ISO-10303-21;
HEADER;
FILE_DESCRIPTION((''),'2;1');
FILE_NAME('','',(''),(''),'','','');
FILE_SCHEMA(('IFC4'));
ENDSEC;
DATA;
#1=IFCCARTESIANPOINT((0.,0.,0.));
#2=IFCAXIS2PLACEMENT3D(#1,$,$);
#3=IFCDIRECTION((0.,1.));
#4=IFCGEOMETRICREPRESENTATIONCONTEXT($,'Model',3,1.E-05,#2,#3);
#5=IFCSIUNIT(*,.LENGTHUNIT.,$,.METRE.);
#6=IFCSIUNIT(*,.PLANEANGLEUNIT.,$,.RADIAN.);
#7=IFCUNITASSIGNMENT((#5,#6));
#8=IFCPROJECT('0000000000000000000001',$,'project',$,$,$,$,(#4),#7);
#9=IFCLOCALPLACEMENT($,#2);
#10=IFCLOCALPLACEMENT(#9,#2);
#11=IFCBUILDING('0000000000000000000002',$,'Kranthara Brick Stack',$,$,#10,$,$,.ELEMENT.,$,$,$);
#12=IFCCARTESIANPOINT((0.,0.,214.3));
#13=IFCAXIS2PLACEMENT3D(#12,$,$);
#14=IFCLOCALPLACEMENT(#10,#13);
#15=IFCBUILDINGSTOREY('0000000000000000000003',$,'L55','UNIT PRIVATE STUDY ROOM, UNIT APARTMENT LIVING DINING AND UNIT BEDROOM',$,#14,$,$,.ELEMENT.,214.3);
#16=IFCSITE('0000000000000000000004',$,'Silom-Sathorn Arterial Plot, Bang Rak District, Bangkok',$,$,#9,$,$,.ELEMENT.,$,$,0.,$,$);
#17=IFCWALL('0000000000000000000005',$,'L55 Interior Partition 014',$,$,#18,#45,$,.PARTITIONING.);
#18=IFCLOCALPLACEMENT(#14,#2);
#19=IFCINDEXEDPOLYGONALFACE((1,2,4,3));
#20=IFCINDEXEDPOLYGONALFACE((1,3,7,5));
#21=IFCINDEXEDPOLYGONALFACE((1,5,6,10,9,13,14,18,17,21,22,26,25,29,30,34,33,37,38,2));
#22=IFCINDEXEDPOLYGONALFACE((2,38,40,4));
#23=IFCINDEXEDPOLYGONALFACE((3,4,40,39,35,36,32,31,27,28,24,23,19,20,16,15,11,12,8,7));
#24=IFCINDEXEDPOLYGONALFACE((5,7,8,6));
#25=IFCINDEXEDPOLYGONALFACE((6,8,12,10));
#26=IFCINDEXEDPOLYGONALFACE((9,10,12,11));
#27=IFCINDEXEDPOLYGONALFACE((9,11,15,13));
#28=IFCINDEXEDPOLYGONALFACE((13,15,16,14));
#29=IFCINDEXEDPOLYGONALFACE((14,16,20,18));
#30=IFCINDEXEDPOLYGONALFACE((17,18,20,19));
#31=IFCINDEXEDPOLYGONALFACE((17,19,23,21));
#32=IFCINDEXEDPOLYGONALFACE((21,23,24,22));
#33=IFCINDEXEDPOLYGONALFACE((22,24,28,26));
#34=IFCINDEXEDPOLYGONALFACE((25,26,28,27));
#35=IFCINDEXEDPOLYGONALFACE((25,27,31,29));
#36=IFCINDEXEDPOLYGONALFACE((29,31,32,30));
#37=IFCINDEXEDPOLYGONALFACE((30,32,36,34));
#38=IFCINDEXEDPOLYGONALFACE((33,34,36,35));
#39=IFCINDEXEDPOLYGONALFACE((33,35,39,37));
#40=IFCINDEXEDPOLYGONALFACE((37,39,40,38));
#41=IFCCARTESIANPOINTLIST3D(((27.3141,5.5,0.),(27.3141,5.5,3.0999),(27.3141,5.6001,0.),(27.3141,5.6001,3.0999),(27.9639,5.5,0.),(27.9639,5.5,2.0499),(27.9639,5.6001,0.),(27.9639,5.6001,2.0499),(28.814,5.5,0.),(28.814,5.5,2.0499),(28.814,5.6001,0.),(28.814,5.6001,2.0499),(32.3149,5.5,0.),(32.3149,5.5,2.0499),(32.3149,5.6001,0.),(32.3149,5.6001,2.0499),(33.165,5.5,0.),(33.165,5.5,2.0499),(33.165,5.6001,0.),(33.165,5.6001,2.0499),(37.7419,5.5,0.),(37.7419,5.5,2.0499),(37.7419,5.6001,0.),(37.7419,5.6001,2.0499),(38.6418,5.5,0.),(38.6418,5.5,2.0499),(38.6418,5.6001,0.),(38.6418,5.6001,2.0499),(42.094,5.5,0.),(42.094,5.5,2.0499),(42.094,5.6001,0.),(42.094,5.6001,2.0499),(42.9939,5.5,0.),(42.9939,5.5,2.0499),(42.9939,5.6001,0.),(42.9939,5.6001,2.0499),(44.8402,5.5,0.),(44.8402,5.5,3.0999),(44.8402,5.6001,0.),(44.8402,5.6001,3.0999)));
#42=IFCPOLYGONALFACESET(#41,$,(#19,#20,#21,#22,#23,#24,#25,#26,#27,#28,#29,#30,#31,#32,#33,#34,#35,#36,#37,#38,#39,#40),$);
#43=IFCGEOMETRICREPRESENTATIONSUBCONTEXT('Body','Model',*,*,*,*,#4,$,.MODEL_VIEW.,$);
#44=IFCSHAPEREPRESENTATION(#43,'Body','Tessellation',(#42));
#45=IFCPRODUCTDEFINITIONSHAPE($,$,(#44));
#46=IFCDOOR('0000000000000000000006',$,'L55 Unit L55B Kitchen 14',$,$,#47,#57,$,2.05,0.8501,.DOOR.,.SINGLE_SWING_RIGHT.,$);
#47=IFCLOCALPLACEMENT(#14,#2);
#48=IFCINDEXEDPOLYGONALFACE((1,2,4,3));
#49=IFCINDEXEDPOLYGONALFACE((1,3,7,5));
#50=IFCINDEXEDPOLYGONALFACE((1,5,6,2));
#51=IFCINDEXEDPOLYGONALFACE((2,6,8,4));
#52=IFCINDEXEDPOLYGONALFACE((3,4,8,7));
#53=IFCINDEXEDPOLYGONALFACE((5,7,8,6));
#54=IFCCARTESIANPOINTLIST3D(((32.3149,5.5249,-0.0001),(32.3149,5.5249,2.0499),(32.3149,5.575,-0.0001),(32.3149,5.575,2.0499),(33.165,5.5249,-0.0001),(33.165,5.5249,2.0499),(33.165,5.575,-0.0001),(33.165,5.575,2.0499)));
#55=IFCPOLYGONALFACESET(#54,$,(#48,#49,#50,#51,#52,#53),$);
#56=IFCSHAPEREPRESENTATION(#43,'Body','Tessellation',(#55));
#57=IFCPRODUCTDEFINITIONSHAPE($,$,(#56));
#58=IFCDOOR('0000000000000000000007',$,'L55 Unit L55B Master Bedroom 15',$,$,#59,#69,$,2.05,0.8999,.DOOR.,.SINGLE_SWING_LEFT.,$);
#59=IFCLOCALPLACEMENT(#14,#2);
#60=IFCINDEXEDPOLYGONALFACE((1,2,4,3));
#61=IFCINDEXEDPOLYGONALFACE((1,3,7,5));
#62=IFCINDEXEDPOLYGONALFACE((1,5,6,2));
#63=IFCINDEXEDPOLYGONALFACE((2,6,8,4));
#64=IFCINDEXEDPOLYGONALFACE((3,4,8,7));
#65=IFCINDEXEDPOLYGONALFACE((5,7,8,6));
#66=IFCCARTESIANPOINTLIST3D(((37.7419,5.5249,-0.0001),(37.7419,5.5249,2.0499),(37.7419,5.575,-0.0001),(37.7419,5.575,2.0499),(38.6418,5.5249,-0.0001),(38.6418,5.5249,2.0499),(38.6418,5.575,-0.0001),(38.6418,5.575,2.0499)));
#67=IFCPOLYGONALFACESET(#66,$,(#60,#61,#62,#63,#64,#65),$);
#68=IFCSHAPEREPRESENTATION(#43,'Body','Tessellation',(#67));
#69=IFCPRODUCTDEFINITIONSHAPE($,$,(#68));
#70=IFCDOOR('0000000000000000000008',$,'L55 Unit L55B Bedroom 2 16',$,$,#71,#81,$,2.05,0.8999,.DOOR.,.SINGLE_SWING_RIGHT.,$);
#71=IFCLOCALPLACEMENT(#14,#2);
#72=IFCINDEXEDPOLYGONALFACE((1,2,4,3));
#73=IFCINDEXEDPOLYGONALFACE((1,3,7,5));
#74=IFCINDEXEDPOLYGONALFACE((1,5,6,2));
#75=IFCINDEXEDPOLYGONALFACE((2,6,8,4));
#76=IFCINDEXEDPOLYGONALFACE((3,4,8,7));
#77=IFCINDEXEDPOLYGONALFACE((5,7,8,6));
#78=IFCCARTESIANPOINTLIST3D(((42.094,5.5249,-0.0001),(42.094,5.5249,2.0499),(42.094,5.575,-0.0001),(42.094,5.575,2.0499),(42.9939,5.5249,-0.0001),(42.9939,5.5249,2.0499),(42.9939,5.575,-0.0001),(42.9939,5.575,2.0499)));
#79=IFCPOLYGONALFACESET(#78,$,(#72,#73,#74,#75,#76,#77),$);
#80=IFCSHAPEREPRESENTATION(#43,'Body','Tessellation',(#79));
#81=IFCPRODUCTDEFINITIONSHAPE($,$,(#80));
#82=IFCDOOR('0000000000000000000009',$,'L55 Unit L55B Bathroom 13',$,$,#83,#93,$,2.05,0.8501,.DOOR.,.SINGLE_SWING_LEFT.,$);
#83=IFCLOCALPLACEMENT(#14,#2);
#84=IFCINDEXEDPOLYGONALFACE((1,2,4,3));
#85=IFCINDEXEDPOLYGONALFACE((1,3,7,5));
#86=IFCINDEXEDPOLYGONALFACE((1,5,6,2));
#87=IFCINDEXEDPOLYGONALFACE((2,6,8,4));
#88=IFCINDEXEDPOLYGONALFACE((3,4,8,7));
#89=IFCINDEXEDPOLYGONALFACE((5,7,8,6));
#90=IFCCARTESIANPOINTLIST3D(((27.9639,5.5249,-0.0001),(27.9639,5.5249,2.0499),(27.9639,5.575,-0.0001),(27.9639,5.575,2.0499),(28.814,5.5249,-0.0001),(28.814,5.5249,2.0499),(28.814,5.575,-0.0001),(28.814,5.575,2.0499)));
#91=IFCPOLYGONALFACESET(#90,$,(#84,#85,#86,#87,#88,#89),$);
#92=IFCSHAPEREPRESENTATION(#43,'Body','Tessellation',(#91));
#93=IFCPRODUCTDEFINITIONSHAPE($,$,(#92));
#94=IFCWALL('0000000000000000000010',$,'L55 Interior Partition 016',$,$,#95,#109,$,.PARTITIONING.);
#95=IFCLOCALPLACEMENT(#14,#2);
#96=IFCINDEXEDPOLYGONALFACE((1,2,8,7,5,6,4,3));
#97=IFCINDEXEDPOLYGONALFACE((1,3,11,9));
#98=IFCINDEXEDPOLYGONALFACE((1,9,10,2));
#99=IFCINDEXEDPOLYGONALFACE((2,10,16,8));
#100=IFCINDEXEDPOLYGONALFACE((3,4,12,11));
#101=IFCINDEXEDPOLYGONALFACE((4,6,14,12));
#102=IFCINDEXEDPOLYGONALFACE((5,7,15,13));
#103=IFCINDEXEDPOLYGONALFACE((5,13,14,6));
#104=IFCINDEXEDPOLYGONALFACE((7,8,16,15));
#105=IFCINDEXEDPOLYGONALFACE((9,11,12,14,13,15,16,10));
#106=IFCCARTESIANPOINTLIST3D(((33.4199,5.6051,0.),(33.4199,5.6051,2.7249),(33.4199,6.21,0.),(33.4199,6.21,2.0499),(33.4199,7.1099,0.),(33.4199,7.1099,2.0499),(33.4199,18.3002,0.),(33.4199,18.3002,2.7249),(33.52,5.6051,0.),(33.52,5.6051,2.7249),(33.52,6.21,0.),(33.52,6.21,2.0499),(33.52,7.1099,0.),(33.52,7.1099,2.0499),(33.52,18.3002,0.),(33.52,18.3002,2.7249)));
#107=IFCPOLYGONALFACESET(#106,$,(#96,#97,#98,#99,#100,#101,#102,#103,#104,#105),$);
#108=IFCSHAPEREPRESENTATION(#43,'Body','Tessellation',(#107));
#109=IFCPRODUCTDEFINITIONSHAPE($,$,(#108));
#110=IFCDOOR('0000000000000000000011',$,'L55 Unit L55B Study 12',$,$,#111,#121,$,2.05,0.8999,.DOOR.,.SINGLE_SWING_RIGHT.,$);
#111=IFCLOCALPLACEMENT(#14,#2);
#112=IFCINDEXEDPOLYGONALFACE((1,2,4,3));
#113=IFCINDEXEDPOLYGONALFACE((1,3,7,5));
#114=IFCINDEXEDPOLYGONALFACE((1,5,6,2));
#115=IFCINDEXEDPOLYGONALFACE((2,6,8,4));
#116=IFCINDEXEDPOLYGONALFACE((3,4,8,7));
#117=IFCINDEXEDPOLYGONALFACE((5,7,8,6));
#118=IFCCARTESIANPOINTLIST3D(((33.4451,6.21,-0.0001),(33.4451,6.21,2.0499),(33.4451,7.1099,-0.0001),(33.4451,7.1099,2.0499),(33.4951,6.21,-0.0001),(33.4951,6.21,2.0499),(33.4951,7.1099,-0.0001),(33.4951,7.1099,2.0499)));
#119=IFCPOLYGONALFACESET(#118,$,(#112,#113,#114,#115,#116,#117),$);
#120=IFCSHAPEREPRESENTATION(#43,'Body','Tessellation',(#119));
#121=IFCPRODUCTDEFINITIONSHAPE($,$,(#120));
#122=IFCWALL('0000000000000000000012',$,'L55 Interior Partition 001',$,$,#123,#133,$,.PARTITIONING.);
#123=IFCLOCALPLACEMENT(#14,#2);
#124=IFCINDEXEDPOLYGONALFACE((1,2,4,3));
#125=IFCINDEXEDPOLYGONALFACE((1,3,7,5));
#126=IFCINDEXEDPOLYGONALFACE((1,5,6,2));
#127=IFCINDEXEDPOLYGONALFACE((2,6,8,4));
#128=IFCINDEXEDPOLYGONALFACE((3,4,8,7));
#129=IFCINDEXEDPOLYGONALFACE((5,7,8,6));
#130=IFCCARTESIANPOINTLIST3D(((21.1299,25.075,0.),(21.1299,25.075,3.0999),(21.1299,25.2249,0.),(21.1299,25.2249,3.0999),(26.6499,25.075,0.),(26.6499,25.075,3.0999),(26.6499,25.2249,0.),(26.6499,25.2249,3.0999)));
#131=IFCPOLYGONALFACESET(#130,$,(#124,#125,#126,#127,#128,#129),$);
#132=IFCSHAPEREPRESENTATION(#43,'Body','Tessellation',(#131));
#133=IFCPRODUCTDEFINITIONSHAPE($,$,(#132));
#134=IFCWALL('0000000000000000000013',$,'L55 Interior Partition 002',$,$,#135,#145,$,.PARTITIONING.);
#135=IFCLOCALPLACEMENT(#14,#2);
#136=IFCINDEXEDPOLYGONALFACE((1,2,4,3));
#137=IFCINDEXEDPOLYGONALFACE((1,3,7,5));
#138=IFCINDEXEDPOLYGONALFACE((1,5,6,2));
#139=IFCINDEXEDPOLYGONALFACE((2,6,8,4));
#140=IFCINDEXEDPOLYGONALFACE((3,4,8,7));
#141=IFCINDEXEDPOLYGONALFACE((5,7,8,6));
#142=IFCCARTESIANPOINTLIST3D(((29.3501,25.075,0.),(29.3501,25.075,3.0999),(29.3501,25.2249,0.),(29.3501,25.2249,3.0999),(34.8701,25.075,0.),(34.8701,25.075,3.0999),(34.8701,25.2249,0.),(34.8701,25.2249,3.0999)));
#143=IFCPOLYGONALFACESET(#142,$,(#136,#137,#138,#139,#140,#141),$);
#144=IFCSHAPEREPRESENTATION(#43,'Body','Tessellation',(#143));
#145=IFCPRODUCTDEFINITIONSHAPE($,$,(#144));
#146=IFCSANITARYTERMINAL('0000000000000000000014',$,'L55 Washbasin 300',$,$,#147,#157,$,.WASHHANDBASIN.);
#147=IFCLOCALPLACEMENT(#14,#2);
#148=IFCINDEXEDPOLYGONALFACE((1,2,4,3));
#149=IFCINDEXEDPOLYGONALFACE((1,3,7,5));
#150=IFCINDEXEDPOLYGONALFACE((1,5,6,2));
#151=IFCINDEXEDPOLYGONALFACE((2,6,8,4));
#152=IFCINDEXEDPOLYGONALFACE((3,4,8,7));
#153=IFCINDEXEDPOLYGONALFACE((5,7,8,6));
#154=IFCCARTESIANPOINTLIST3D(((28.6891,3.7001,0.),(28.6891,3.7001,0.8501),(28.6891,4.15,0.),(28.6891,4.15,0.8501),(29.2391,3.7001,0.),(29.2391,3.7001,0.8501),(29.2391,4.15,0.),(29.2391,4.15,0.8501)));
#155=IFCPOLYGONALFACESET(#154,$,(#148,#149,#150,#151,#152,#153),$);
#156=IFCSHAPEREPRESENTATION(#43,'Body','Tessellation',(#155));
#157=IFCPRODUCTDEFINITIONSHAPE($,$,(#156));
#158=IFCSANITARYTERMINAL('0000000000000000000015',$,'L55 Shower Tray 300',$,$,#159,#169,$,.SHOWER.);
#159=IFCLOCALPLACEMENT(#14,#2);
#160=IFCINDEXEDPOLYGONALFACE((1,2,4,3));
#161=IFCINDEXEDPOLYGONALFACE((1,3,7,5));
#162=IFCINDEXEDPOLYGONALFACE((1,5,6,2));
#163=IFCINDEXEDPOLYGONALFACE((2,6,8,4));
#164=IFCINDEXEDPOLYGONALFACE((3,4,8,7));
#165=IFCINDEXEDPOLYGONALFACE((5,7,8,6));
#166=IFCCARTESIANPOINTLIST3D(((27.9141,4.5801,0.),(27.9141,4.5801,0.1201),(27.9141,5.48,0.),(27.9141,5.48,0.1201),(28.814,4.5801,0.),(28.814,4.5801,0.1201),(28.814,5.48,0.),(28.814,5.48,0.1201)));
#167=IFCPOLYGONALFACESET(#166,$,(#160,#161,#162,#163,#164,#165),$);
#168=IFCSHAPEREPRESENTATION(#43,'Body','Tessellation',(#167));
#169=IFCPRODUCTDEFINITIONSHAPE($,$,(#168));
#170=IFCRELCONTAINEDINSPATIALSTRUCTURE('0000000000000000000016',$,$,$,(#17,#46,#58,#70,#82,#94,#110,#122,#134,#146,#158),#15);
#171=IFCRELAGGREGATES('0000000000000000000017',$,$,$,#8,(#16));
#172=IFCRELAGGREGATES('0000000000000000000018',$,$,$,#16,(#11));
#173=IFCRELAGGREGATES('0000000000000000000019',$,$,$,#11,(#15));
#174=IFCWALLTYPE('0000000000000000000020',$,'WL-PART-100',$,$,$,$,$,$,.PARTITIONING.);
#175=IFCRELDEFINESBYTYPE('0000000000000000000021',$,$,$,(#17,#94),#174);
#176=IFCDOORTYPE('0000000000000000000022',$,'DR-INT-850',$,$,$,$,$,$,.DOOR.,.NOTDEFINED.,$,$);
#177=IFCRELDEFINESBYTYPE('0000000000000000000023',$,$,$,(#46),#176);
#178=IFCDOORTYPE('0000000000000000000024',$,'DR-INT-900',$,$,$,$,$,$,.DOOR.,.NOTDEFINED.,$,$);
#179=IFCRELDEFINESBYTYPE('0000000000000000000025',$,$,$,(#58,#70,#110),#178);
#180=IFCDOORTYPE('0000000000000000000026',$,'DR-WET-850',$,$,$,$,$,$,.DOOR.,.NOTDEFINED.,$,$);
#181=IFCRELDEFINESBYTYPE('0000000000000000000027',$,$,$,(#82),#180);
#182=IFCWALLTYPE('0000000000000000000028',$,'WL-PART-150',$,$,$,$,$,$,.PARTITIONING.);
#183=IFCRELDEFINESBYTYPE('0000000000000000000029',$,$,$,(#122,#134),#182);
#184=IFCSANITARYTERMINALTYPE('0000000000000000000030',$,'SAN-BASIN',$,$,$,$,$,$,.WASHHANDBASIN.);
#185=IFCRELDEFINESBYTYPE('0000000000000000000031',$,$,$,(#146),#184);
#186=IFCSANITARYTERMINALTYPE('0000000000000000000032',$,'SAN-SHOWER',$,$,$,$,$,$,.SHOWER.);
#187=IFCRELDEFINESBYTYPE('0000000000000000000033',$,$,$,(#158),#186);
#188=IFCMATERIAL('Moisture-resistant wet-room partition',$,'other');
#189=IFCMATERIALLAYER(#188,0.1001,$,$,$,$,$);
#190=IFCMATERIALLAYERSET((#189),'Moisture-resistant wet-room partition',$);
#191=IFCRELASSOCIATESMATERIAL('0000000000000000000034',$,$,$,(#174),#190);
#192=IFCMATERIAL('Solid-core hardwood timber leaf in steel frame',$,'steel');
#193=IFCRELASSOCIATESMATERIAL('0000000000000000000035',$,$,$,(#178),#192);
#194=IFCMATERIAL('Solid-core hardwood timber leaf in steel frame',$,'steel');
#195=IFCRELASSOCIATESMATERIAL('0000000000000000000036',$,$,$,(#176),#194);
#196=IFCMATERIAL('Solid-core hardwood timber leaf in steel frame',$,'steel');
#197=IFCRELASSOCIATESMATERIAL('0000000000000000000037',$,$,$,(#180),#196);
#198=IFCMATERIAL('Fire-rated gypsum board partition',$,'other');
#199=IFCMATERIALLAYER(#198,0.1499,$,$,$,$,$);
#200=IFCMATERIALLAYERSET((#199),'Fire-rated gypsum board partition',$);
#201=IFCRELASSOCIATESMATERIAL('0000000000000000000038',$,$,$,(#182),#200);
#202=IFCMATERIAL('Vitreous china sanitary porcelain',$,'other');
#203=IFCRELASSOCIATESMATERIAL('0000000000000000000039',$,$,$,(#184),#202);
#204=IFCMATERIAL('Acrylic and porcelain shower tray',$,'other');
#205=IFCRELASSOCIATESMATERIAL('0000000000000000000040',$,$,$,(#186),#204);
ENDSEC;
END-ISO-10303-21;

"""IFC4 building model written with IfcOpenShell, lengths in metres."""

from ifc_helpers import new_model, si_unit, direction, frame, frame_2d, origin, origin_2d, place, context, subcontext, project, spatial, rectangle, extrude, material, layer, layer_set, type_object, element, fill, save


model = new_model("IFC4")

# Units and contexts
model_context = context("Model", 3, precision=1e-05, world=origin(), true_north=direction((0.0, 1.0)))
body_context = subcontext(model_context, "Body", "Model", "MODEL_VIEW")
ifc_project = project(units=[si_unit("LENGTHUNIT", "METRE"), si_unit("PLANEANGLEUNIT", "RADIAN")], contexts=[model_context])

# Site, building, storey
site_placement = place(None, origin())
site = spatial("IfcSite", under=ifc_project, at=site_placement, Name="Silom-Sathorn Arterial Plot, Bang Rak District, Bangkok", CompositionType="ELEMENT", RefElevation=0.0)
building_placement = place(site_placement, origin())
building = spatial("IfcBuilding", under=site, at=building_placement, Name="Kranthara Brick Stack", CompositionType="ELEMENT")
storey_placement = place(building_placement, frame((0.0, 0.0, 214.3)))
storey = spatial("IfcBuildingStorey", under=building, at=storey_placement, Name="L55", Description="UNIT PRIVATE STUDY ROOM, UNIT APARTMENT LIVING DINING AND UNIT BEDROOM", CompositionType="ELEMENT", Elevation=214.3)

# Shared definitions
ifc_material_1 = material(Name="Moisture-resistant wet-room partition", Category="other")
ifc_layer_1 = layer(ifc_material_1, 0.1001)
ifc_layer_set_1 = layer_set([ifc_layer_1], Name="Moisture-resistant wet-room partition")
wall_type_1 = type_object("IfcWallType", Name="WL-PART-100", PredefinedType="PARTITIONING", material=ifc_layer_set_1)
ifc_material_2 = material(Name="Solid-core hardwood timber leaf in steel frame", Category="steel")
door_type_1 = type_object("IfcDoorType", Name="DR-INT-900", OperationType="NOTDEFINED", PredefinedType="DOOR", material=ifc_material_2)

# Wall, openings, doors
wall_1_placement = place(storey_placement, frame((27.314, 5.55, 0.0), z_axis=(0.0, 0.0, 1.0), x_axis=(1.0, 0.0, 0.0)))
wall_1 = element("IfcWall", 1, at=wall_1_placement, inside=storey, type_object=wall_type_1, Name="L55 Interior Partition 014", PredefinedType="PARTITIONING", context=body_context, shape_type="SweptSolid", body=[
    extrude(rectangle(XDim=17.5261, YDim=0.1001, at=frame_2d((8.7632, 0.0))), origin(), (0.0, 0.0, 1.0), 3.0999),
])
opening_1_placement = place(wall_1_placement, frame((0.6499, 0.0, 0.0)))
opening_1 = element("IfcOpeningElement", 2, at=opening_1_placement, cuts=wall_1, PredefinedType="OPENING", context=body_context, shape_type="SweptSolid", body=[
    extrude(rectangle(XDim=0.8501, YDim=2.05, at=frame_2d((0.425, 1.0249))), frame((0.0, 0.0601, 0.0), z_axis=(0.0, -1.0, 0.0), x_axis=(1.0, 0.0, 0.0)), (0.0, 0.0, 1.0), 0.1201),
])
opening_2_placement = place(wall_1_placement, frame((5.001, 0.0, 0.0)))
opening_2 = element("IfcOpeningElement", 3, at=opening_2_placement, cuts=wall_1, PredefinedType="OPENING", context=body_context, shape_type="SweptSolid", body=[
    extrude(rectangle(XDim=0.8501, YDim=2.05, at=frame_2d((0.425, 1.0249))), frame((0.0, 0.0601, 0.0), z_axis=(0.0, -1.0, 0.0), x_axis=(1.0, 0.0, 0.0)), (0.0, 0.0, 1.0), 0.1201),
])
opening_3_placement = place(wall_1_placement, frame((10.428, 0.0, 0.0)))
opening_3 = element("IfcOpeningElement", 4, at=opening_3_placement, cuts=wall_1, PredefinedType="OPENING", context=body_context, shape_type="SweptSolid", body=[
    extrude(rectangle(XDim=0.8999, YDim=2.05, at=frame_2d((0.45, 1.0249))), frame((0.0, 0.0601, 0.0), z_axis=(0.0, -1.0, 0.0), x_axis=(1.0, 0.0, 0.0)), (0.0, 0.0, 1.0), 0.1201),
])
opening_4_placement = place(wall_1_placement, frame((14.78, 0.0, 0.0)))
opening_4 = element("IfcOpeningElement", 5, at=opening_4_placement, cuts=wall_1, PredefinedType="OPENING", context=body_context, shape_type="SweptSolid", body=[
    extrude(rectangle(XDim=0.8999, YDim=2.05, at=frame_2d((0.45, 1.0249))), frame((0.0, 0.0601, 0.0), z_axis=(0.0, -1.0, 0.0), x_axis=(1.0, 0.0, 0.0)), (0.0, 0.0, 1.0), 0.1201),
])
ifc_material_3 = material(Name="Solid-core hardwood timber leaf in steel frame", Category="steel")
door_type_2 = type_object("IfcDoorType", Name="DR-INT-850", OperationType="NOTDEFINED", PredefinedType="DOOR", material=ifc_material_3)
door_1_placement = place(opening_2_placement, origin())
door_1 = element("IfcDoor", 6, at=door_1_placement, inside=storey, type_object=door_type_2, Name="L55 Unit L55B Kitchen 14", OperationType="SINGLE_SWING_RIGHT", OverallHeight=2.05, OverallWidth=0.8501, PredefinedType="DOOR", context=body_context, shape_type="SweptSolid", body=[
    extrude(rectangle(XDim=0.8501, YDim=2.05, at=frame_2d((0.425, 1.0249))), frame((0.0, 0.0249, 0.0), z_axis=(0.0, -1.0, 0.0), x_axis=(1.0, 0.0, 0.0)), (0.0, 0.0, 1.0), 0.05),
])
fill(opening_2, door_1)
door_2_placement = place(opening_3_placement, origin())
door_2 = element("IfcDoor", 7, at=door_2_placement, inside=storey, type_object=door_type_1, Name="L55 Unit L55B Master Bedroom 15", OperationType="SINGLE_SWING_LEFT", OverallHeight=2.05, OverallWidth=0.8999, PredefinedType="DOOR", context=body_context, shape_type="SweptSolid", body=[
    extrude(rectangle(XDim=0.8999, YDim=2.05, at=frame_2d((0.45, 1.0249))), frame((0.0, 0.0249, 0.0), z_axis=(0.0, -1.0, 0.0), x_axis=(1.0, 0.0, 0.0)), (0.0, 0.0, 1.0), 0.05),
])
fill(opening_3, door_2)
door_3_placement = place(opening_4_placement, origin())
door_3 = element("IfcDoor", 8, at=door_3_placement, inside=storey, type_object=door_type_1, Name="L55 Unit L55B Bedroom 2 16", OperationType="SINGLE_SWING_RIGHT", OverallHeight=2.05, OverallWidth=0.8999, PredefinedType="DOOR", context=body_context, shape_type="SweptSolid", body=[
    extrude(rectangle(XDim=0.8999, YDim=2.05, at=frame_2d((0.45, 1.0249))), frame((0.0, 0.0249, 0.0), z_axis=(0.0, -1.0, 0.0), x_axis=(1.0, 0.0, 0.0)), (0.0, 0.0, 1.0), 0.05),
])
fill(opening_4, door_3)
ifc_material_4 = material(Name="Solid-core hardwood timber leaf in steel frame", Category="steel")
door_type_3 = type_object("IfcDoorType", Name="DR-WET-850", OperationType="NOTDEFINED", PredefinedType="DOOR", material=ifc_material_4)
door_4_placement = place(opening_1_placement, origin())
door_4 = element("IfcDoor", 9, at=door_4_placement, inside=storey, type_object=door_type_3, Name="L55 Unit L55B Bathroom 13", OperationType="SINGLE_SWING_LEFT", OverallHeight=2.05, OverallWidth=0.8501, PredefinedType="DOOR", context=body_context, shape_type="SweptSolid", body=[
    extrude(rectangle(XDim=0.8501, YDim=2.05, at=frame_2d((0.425, 1.0249))), frame((0.0, 0.0249, 0.0), z_axis=(0.0, -1.0, 0.0), x_axis=(1.0, 0.0, 0.0)), (0.0, 0.0, 1.0), 0.05),
])
fill(opening_1, door_4)

# Wall, opening, door
wall_2_placement = place(storey_placement, frame((33.47, 5.605, 0.0), z_axis=(0.0, 0.0, 1.0), x_axis=(0.0, 1.0, 0.0)))
wall_2 = element("IfcWall", 10, at=wall_2_placement, inside=storey, type_object=wall_type_1, Name="L55 Interior Partition 016", PredefinedType="PARTITIONING", context=body_context, shape_type="SweptSolid", body=[
    extrude(rectangle(XDim=12.6951, YDim=0.1001, at=frame_2d((6.3477, 0.0))), origin(), (0.0, 0.0, 1.0), 2.7249),
])
opening_5_placement = place(wall_2_placement, frame((0.605, 0.0, 0.0)))
opening_5 = element("IfcOpeningElement", 11, at=opening_5_placement, cuts=wall_2, PredefinedType="OPENING", context=body_context, shape_type="SweptSolid", body=[
    extrude(rectangle(XDim=0.8999, YDim=2.05, at=frame_2d((0.45, 1.0249))), frame((0.0, 0.0601, 0.0), z_axis=(0.0, -1.0, 0.0), x_axis=(1.0, 0.0, 0.0)), (0.0, 0.0, 1.0), 0.1201),
])
door_5_placement = place(opening_5_placement, origin())
door_5 = element("IfcDoor", 12, at=door_5_placement, inside=storey, type_object=door_type_1, Name="L55 Unit L55B Study 12", OperationType="SINGLE_SWING_RIGHT", OverallHeight=2.05, OverallWidth=0.8999, PredefinedType="DOOR", context=body_context, shape_type="SweptSolid", body=[
    extrude(rectangle(XDim=0.8999, YDim=2.05, at=frame_2d((0.45, 1.0249))), frame((0.0, 0.0249, 0.0), z_axis=(0.0, -1.0, 0.0), x_axis=(1.0, 0.0, 0.0)), (0.0, 0.0, 1.0), 0.05),
])
fill(opening_5, door_5)

# Walls
ifc_material_5 = material(Name="Fire-rated gypsum board partition", Category="other")
ifc_layer_2 = layer(ifc_material_5, 0.1499)
ifc_layer_set_2 = layer_set([ifc_layer_2], Name="Fire-rated gypsum board partition")
wall_type_2 = type_object("IfcWallType", Name="WL-PART-150", PredefinedType="PARTITIONING", material=ifc_layer_set_2)
for number, where, z_axis, x_axis, name in (
    (13, (21.1299, 25.1499, 0.0), (0.0, 0.0, 1.0), (1.0, 0.0, 0.0), "L55 Interior Partition 001"),
    (14, (29.3501, 25.1499, 0.0), (0.0, 0.0, 1.0), (1.0, 0.0, 0.0), "L55 Interior Partition 002"),
):
    element("IfcWall", number, at=place(storey_placement, frame(where, z_axis=z_axis, x_axis=x_axis)), inside=storey, type_object=wall_type_2, Name=name, PredefinedType="PARTITIONING", context=body_context, shape_type="SweptSolid", body=[
        extrude(rectangle(XDim=5.52, YDim=0.1499, at=frame_2d((2.76, 0.0))), origin(), (0.0, 0.0, 1.0), 3.0999),
    ])

# Sanitary terminals
ifc_material_6 = material(Name="Vitreous china sanitary porcelain", Category="other")
sanitary_terminal_type_1 = type_object("IfcSanitaryTerminalType", Name="SAN-BASIN", PredefinedType="WASHHANDBASIN", material=ifc_material_6)
sanitary_terminal_1_placement = place(storey_placement, frame((28.9641, 3.925, 0.0), z_axis=(0.0, 0.0, 1.0), x_axis=(1.0, 0.0, 0.0)))
element("IfcSanitaryTerminal", 15, at=sanitary_terminal_1_placement, inside=storey, type_object=sanitary_terminal_type_1, Name="L55 Washbasin 300", PredefinedType="WASHHANDBASIN", context=body_context, shape_type="SweptSolid", body=[
    extrude(rectangle(XDim=0.55, YDim=0.45, at=origin_2d()), origin(), (0.0, 0.0, 1.0), 0.8501),
])
ifc_material_7 = material(Name="Acrylic and porcelain shower tray", Category="other")
sanitary_terminal_type_2 = type_object("IfcSanitaryTerminalType", Name="SAN-SHOWER", PredefinedType="SHOWER", material=ifc_material_7)
sanitary_terminal_2_placement = place(storey_placement, frame((28.364, 5.03, 0.0), z_axis=(0.0, 0.0, 1.0), x_axis=(1.0, 0.0, 0.0)))
element("IfcSanitaryTerminal", 16, at=sanitary_terminal_2_placement, inside=storey, type_object=sanitary_terminal_type_2, Name="L55 Shower Tray 300", PredefinedType="SHOWER", context=body_context, shape_type="SweptSolid", body=[
    extrude(rectangle(XDim=0.8999, YDim=0.8999, at=origin_2d()), origin(), (0.0, 0.0, 1.0), 0.1201),
])

save(model, "model.ifc")
